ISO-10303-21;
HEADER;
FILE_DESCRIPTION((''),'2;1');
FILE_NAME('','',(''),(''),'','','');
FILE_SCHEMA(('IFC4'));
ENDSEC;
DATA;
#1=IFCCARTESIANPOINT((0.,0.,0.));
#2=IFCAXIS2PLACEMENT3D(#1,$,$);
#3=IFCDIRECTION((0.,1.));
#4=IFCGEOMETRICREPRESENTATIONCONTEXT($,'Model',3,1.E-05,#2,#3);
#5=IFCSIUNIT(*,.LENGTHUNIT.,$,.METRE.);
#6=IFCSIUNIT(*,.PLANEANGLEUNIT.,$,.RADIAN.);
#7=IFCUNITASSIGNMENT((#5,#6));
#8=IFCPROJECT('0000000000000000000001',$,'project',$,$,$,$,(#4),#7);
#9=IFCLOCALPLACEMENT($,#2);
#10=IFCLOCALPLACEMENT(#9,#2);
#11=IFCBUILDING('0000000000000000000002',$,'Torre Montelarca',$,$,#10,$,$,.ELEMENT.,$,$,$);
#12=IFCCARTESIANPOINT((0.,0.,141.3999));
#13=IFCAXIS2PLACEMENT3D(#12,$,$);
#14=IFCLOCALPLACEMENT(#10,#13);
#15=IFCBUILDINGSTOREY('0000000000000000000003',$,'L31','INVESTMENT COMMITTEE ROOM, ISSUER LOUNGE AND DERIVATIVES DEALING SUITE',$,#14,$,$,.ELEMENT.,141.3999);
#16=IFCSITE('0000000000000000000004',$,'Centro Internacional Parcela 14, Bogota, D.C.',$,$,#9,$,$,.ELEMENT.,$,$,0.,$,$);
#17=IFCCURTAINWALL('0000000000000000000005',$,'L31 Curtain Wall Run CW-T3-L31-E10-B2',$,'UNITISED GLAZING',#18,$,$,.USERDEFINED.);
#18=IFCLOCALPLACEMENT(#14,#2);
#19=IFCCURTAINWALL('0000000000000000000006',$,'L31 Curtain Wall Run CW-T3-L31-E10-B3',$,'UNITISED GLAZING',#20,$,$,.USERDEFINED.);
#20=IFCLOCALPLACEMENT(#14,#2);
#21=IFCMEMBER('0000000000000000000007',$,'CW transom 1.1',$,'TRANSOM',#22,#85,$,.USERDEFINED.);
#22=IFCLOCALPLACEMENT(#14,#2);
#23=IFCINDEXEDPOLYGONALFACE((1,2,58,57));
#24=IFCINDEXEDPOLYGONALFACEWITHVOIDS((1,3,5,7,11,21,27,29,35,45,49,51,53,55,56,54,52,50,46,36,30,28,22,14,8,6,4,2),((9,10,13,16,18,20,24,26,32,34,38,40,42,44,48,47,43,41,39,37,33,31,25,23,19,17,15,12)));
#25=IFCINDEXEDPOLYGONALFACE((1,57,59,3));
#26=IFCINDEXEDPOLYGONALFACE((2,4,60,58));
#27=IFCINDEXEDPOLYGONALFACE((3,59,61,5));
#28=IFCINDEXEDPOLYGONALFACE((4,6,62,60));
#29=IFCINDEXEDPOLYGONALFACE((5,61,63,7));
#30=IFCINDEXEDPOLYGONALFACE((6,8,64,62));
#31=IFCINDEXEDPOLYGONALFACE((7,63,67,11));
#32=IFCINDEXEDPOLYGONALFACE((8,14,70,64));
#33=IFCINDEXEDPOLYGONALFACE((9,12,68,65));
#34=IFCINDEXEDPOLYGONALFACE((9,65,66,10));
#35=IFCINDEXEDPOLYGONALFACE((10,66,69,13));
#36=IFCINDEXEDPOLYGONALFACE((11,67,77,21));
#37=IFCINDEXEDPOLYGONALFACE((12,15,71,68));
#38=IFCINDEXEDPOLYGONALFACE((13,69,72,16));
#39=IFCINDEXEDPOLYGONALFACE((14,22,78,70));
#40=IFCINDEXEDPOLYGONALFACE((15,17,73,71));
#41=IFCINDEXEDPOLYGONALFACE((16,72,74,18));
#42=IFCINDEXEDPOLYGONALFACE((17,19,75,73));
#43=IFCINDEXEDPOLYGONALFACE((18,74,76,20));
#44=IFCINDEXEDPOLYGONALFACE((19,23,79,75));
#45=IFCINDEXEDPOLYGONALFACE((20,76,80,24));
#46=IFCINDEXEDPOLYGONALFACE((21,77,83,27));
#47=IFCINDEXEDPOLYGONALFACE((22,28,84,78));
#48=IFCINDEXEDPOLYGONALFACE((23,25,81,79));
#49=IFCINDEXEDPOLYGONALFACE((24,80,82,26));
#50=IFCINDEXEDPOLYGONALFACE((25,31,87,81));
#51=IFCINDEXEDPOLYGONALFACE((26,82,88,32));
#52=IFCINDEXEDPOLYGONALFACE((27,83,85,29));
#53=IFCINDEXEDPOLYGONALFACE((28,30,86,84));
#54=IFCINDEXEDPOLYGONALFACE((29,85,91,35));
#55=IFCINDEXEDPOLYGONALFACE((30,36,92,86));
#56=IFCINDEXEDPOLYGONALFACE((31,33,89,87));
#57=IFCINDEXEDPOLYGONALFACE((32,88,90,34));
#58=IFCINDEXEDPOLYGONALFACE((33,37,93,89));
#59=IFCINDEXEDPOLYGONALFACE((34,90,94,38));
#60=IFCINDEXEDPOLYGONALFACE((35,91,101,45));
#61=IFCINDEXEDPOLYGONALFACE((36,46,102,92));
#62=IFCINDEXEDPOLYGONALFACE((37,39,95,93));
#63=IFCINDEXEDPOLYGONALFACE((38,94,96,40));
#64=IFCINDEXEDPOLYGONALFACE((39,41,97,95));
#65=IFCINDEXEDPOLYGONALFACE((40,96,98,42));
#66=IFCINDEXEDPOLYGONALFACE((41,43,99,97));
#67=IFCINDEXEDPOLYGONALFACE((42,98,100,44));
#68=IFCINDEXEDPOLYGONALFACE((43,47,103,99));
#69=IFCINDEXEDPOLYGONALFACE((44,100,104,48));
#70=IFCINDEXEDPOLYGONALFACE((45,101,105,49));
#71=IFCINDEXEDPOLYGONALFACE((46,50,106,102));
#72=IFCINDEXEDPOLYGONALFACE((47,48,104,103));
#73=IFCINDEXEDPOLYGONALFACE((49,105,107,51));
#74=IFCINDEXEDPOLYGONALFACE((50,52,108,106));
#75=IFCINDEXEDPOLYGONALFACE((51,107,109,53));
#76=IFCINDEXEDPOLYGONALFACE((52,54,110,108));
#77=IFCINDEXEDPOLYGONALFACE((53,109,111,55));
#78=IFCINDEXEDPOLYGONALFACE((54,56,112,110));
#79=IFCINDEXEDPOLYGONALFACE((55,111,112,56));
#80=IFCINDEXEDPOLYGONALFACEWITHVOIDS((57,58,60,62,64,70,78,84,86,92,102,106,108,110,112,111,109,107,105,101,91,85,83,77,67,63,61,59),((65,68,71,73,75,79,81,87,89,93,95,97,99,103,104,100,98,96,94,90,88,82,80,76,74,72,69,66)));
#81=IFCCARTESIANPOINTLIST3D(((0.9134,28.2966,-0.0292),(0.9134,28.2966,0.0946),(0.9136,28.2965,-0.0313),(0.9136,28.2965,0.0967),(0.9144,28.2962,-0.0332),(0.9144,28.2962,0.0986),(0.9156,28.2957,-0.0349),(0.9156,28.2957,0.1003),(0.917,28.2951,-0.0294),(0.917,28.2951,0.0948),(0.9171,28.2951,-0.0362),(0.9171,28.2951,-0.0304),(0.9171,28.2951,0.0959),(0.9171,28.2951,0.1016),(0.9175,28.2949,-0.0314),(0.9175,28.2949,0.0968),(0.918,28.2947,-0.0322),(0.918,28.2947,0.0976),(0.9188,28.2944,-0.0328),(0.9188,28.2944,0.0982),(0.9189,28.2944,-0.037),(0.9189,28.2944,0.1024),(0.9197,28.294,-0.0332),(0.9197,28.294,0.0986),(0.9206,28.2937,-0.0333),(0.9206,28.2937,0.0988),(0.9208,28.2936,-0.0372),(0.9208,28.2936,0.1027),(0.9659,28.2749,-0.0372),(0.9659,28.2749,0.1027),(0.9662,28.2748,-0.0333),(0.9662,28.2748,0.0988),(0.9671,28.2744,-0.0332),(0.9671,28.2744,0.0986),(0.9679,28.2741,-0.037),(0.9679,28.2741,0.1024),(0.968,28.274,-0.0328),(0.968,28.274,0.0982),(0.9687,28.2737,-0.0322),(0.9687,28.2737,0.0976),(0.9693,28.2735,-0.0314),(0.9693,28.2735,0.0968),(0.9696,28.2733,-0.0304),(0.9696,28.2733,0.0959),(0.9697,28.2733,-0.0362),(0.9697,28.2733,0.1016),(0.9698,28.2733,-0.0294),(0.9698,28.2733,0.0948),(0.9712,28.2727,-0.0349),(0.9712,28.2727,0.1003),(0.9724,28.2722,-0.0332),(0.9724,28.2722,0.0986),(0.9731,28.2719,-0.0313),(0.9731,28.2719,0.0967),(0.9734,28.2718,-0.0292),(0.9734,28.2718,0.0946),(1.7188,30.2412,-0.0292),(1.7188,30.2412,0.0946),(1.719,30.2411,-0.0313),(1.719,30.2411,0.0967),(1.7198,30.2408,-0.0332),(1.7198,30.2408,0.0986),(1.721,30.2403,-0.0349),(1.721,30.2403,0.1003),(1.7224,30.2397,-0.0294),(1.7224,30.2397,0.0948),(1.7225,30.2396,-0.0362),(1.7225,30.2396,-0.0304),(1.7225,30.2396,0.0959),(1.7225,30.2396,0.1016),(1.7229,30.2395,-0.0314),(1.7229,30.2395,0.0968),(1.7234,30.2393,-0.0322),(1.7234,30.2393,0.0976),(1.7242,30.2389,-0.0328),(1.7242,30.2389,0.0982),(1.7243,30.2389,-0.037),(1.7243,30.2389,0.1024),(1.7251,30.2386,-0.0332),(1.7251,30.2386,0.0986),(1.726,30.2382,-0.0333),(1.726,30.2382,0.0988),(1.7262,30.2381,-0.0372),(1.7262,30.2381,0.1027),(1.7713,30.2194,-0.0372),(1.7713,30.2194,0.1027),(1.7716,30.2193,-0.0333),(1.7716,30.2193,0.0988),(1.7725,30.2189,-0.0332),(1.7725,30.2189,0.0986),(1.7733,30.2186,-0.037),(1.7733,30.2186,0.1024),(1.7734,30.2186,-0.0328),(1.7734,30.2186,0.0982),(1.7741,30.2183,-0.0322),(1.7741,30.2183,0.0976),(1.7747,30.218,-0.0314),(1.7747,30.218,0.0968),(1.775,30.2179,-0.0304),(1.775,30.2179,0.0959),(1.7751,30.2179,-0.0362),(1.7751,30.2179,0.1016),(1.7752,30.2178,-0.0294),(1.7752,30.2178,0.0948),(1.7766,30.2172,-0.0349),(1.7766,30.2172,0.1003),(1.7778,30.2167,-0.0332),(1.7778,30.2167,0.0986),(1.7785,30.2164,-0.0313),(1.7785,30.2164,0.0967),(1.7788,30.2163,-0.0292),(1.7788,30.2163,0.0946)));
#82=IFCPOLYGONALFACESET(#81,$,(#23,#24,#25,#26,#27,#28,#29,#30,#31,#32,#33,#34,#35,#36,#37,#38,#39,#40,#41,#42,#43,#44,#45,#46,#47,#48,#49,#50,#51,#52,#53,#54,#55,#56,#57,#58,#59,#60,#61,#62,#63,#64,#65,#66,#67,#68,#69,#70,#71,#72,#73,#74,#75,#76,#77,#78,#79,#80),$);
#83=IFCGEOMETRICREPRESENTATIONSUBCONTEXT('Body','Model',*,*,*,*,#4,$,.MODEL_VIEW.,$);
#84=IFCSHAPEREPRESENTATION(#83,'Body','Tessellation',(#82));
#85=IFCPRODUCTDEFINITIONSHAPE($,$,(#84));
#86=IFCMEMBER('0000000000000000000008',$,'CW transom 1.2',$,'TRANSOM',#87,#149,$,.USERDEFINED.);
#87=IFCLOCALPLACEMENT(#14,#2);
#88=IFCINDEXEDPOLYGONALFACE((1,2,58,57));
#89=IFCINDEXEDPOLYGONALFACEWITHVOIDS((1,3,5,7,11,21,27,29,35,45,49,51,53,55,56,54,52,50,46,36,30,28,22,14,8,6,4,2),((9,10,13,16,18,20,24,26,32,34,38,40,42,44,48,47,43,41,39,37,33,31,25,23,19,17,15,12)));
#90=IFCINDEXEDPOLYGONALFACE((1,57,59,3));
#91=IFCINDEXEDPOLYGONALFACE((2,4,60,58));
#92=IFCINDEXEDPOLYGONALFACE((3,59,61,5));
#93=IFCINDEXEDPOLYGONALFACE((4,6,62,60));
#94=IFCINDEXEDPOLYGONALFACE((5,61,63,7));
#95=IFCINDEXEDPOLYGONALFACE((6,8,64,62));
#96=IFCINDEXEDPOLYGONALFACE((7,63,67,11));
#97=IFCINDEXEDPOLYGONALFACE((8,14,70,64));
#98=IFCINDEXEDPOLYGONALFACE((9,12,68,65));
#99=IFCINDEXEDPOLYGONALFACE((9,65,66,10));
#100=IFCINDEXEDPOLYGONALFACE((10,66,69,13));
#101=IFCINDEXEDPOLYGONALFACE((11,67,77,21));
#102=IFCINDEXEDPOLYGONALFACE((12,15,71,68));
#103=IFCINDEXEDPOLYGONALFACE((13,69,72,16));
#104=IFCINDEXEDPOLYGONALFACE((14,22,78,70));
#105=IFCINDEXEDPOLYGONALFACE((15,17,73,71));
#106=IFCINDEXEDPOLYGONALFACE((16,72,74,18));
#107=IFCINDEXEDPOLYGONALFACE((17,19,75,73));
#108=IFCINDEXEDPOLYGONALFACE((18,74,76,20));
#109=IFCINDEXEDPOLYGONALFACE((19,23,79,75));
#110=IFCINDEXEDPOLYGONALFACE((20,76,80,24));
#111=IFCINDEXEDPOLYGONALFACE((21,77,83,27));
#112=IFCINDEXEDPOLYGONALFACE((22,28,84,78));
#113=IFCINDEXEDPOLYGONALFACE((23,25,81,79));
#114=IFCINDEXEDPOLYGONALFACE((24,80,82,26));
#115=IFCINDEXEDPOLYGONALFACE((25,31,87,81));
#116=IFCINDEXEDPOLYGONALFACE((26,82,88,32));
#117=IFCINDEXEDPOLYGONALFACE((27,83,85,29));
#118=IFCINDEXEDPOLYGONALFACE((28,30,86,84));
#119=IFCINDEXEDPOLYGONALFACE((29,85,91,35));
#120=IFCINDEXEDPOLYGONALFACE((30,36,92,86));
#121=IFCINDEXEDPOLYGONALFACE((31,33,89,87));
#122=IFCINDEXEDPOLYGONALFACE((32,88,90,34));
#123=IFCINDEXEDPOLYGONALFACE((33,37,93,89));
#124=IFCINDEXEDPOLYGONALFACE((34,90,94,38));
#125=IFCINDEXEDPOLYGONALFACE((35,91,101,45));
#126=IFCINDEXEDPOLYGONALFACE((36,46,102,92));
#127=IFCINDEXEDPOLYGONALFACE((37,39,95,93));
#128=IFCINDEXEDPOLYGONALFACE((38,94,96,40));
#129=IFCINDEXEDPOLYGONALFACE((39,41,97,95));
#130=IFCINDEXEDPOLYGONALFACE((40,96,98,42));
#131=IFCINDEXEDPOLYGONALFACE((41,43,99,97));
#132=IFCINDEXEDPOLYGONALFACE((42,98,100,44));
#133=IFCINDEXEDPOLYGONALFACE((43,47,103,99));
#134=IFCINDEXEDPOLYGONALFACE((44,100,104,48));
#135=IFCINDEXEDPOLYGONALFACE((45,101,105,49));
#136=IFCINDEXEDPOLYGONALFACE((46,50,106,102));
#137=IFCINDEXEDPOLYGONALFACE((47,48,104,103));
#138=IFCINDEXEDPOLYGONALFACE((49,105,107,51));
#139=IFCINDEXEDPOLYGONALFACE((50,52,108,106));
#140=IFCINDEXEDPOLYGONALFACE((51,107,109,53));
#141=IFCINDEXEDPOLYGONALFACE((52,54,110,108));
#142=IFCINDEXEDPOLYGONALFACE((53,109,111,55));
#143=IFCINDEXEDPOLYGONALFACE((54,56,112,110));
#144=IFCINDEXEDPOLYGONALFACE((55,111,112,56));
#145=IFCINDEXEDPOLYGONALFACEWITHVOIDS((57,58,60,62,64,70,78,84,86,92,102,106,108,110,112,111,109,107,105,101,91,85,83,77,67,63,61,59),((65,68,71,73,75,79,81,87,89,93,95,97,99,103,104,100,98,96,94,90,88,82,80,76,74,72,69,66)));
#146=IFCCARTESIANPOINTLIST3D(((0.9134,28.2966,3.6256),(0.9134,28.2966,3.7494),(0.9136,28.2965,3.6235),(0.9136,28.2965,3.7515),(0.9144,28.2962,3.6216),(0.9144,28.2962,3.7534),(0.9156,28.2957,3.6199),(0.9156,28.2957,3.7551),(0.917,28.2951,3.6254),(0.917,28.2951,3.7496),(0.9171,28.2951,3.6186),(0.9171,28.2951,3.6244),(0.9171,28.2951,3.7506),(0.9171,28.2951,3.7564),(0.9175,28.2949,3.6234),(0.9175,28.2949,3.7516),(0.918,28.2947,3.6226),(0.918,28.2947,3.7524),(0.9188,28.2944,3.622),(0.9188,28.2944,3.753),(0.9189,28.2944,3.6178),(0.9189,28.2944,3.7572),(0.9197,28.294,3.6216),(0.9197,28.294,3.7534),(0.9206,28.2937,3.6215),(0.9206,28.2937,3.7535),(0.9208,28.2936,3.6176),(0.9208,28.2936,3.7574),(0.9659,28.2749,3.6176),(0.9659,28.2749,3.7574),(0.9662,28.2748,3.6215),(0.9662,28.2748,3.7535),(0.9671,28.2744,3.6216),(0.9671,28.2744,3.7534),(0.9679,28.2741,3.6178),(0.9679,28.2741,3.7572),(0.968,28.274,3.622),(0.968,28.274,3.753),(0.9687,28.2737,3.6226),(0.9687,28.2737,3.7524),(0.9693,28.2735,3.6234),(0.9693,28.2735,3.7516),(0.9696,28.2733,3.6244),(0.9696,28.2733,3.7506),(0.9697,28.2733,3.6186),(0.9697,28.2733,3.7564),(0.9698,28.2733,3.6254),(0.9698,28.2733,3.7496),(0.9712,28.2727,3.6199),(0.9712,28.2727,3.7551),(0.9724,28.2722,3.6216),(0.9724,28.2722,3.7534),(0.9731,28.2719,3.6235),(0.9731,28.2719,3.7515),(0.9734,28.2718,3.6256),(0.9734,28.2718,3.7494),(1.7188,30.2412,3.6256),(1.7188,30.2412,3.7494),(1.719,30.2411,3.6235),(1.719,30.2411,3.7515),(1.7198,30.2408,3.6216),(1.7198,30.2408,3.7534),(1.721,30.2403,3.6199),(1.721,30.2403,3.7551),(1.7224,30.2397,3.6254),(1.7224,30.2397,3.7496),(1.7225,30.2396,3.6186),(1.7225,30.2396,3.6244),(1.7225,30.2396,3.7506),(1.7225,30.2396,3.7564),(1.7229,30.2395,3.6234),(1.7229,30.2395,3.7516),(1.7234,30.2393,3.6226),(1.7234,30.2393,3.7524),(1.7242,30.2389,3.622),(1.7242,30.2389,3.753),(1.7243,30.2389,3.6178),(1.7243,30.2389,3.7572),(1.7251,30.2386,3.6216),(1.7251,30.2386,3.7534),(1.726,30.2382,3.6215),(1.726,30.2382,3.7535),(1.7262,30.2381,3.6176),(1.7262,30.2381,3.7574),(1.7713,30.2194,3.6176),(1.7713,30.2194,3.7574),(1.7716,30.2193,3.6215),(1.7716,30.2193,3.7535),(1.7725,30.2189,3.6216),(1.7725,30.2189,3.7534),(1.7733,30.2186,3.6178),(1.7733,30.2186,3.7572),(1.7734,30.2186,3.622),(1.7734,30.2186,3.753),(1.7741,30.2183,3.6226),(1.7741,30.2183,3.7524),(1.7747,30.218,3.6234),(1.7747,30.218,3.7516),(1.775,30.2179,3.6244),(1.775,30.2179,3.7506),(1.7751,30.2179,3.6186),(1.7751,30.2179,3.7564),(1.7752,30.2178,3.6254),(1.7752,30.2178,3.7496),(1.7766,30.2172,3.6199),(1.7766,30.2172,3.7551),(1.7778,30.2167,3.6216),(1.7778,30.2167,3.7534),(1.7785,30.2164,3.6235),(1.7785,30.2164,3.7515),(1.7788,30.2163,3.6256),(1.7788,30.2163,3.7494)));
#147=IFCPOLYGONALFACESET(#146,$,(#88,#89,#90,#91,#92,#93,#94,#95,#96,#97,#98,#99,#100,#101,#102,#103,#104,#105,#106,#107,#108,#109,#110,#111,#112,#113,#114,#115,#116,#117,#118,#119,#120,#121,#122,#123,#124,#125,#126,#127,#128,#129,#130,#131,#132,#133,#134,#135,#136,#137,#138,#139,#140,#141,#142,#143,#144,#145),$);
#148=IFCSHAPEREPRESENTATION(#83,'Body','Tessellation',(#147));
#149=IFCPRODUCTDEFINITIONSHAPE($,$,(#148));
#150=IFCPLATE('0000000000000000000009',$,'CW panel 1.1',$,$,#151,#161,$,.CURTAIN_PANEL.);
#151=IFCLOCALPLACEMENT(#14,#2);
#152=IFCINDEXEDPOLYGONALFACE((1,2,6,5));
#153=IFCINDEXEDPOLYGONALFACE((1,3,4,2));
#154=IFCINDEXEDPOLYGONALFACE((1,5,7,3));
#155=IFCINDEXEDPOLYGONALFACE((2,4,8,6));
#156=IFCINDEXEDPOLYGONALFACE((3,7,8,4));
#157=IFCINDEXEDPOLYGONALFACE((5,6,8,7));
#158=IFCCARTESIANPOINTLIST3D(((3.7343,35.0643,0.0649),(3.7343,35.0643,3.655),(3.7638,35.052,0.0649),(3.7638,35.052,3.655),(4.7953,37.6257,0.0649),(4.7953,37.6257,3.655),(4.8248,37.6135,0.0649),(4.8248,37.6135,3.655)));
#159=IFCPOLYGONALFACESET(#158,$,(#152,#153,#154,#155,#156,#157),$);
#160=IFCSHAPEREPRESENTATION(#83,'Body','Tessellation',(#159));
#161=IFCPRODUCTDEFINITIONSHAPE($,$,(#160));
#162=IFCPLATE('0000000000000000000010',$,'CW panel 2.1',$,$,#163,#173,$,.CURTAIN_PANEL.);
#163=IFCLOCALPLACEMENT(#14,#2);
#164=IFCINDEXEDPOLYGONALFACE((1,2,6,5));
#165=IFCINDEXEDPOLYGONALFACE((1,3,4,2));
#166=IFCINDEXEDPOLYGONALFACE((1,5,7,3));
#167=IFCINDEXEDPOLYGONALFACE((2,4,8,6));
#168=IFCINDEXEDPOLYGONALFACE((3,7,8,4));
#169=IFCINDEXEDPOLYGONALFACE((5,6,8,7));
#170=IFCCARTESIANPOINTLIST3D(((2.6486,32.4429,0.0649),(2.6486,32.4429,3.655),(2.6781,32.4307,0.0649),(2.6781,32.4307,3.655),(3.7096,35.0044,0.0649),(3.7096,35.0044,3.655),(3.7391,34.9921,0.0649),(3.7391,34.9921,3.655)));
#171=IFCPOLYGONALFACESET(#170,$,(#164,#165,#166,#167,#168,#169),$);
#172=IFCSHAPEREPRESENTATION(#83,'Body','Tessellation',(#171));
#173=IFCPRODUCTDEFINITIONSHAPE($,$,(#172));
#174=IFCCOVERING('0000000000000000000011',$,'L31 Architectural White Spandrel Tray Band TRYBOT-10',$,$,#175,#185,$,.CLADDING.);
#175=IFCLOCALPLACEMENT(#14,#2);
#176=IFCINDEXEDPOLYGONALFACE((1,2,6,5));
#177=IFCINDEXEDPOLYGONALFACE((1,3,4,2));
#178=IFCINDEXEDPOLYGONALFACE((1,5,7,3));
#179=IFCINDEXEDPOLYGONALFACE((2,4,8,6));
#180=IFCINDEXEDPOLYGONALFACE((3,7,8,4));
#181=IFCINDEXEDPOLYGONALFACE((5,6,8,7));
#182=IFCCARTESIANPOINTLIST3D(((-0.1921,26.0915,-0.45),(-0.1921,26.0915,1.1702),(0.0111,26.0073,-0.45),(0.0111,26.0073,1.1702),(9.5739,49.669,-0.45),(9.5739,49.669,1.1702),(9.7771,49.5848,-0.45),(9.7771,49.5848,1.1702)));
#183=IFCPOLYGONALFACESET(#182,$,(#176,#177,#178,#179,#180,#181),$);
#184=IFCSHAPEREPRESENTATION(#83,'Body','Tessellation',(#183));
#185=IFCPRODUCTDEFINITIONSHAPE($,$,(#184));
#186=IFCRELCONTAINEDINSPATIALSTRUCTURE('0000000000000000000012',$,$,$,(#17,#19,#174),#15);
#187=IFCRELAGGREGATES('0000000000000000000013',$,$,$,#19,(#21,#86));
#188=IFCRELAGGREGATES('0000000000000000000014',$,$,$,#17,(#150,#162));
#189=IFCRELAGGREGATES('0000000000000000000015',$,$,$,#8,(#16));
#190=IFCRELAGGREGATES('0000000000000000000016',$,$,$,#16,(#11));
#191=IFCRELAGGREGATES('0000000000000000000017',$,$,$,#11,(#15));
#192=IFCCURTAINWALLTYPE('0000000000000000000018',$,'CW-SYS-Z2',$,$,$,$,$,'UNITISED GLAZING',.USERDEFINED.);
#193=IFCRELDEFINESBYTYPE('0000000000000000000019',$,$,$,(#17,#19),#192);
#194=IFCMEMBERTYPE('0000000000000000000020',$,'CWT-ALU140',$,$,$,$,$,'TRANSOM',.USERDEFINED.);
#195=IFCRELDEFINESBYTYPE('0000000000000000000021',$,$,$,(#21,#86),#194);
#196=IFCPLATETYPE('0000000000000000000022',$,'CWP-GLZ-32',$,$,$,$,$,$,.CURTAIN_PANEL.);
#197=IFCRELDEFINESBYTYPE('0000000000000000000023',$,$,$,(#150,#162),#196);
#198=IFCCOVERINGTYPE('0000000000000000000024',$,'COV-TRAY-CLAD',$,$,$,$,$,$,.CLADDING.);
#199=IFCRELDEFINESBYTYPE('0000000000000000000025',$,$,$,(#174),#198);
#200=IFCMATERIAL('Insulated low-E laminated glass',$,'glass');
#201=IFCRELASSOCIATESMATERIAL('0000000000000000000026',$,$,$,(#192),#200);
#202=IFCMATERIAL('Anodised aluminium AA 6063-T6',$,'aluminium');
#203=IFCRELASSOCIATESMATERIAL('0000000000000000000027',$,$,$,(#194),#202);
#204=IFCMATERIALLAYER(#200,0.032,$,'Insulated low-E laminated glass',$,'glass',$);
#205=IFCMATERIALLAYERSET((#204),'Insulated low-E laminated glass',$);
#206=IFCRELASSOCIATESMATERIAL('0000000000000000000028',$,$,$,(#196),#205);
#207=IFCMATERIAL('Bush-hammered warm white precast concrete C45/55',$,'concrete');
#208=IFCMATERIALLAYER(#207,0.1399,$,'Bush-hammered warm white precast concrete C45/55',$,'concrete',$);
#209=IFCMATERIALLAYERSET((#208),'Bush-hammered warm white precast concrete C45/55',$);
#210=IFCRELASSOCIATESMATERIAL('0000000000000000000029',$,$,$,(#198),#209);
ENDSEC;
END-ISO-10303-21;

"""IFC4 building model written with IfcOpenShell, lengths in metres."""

from ifc_helpers import new_model, si_unit, direction, frame, origin, origin_2d, place, context, subcontext, project, spatial, rectangle, hollow_rectangle, extrude, source, transform, mapped, material, layer, layer_set, material_profile, profile_set, type_object, element, aggregate, save


model = new_model("IFC4")

# Units and contexts
model_context = context("Model", 3, precision=1e-05, world=origin(), true_north=direction((0.0, 1.0)))
body_context = subcontext(model_context, "Body", "Model", "MODEL_VIEW")
ifc_project = project(units=[si_unit("LENGTHUNIT", "METRE"), si_unit("PLANEANGLEUNIT", "RADIAN")], contexts=[model_context])

# Site, building, storey
site_placement = place(None, origin())
site = spatial("IfcSite", under=ifc_project, at=site_placement, Name="Centro Internacional Parcela 14, Bogota, D.C.", CompositionType="ELEMENT", RefElevation=0.0)
building_placement = place(site_placement, origin())
building = spatial("IfcBuilding", under=site, at=building_placement, Name="Torre Montelarca", CompositionType="ELEMENT")
storey_placement = place(building_placement, frame((0.0, 0.0, 141.3999)))
storey = spatial("IfcBuildingStorey", under=building, at=storey_placement, Name="L31", Description="INVESTMENT COMMITTEE ROOM, ISSUER LOUNGE AND DERIVATIVES DEALING SUITE", CompositionType="ELEMENT", Elevation=141.3999)

# Curtain walls, members
ifc_material_1 = material(Name="Insulated low-E laminated glass", Category="glass")
curtain_wall_type = type_object("IfcCurtainWallType", Name="CW-SYS-Z2", ElementType="UNITISED GLAZING", PredefinedType="USERDEFINED", material=ifc_material_1)
curtain_wall_1_placement = place(storey_placement, origin())
curtain_wall_1 = element("IfcCurtainWall", 1, at=curtain_wall_1_placement, inside=storey, type_object=curtain_wall_type, Name="L31 Curtain Wall Run CW-T3-L31-E10-B2", ObjectType="UNITISED GLAZING", PredefinedType="USERDEFINED")
ifc_material_2 = material(Name="Anodised aluminium AA 6063-T6", Category="aluminium")
ifc_material_profile_1 = material_profile(ifc_material_2, hollow_rectangle(XDim=0.0649, YDim=0.1399, WallThickness=0.0039, InnerFilletRadius=0.0039, OuterFilletRadius=0.0081, at=origin_2d()), Name="ALU65X140X4", Category="aluminium")
ifc_profile_set_1 = profile_set([ifc_material_profile_1], Name="Anodised aluminium AA 6063-T6")
member_type_1 = type_object("IfcMemberType", Name="CWT-ALU140", ElementType="TRANSOM", PredefinedType="USERDEFINED", material=ifc_profile_set_1)
curtain_wall_2_placement = place(storey_placement, origin())
curtain_wall_2 = element("IfcCurtainWall", 2, at=curtain_wall_2_placement, inside=storey, type_object=curtain_wall_type, Name="L31 Curtain Wall Run CW-T3-L31-E10-B3", ObjectType="UNITISED GLAZING", PredefinedType="USERDEFINED")
shared_shape_1 = source(origin(), body_context, "Body", "SweptSolid", [
    extrude(hollow_rectangle(XDim=0.0649, YDim=0.1399, WallThickness=0.0039, InnerFilletRadius=0.0039, OuterFilletRadius=0.0081, at=origin_2d()), origin(), (0.0, 0.0, 1.0), 2.1047),
])
member_1_placement = place(storey_placement, frame((1.7488, 30.2288, 0.0327), z_axis=(-0.382663, -0.923888, 0.0), x_axis=(0.923888, -0.382663, 0.0)))
member_1 = element("IfcMember", 3, at=member_1_placement, type_object=member_type_1, Name="CW transom 1.1", ObjectType="TRANSOM", PredefinedType="USERDEFINED", context=body_context, shape_type="MappedRepresentation", body=[
    mapped(shared_shape_1, transform((0.0, 0.0, 0.0), scale=1.0)),
])
member_2_placement = place(storey_placement, frame((1.7488, 30.2288, 3.6875), z_axis=(-0.382663, -0.923888, 0.0), x_axis=(0.923888, -0.382663, 0.0)))
member_2 = element("IfcMember", 4, at=member_2_placement, type_object=member_type_1, Name="CW transom 1.2", ObjectType="TRANSOM", PredefinedType="USERDEFINED", context=body_context, shape_type="MappedRepresentation", body=[
    mapped(shared_shape_1, transform((0.0, 0.0, 0.0), scale=1.0)),
])
aggregate(curtain_wall_2, [member_1, member_2])

# Plates
ifc_layer_1 = layer(ifc_material_1, 0.032, Name="Insulated low-E laminated glass", Category="glass")
ifc_layer_set_1 = layer_set([ifc_layer_1], Name="Insulated low-E laminated glass")
plate_type = type_object("IfcPlateType", Name="CWP-GLZ-32", PredefinedType="CURTAIN_PANEL", material=ifc_layer_set_1)
shared_shape_2 = source(origin(), body_context, "Body", "SweptSolid", [
    extrude(rectangle(XDim=2.7725, YDim=0.032, at=origin_2d()), origin(), (0.0, 0.0, 1.0), 3.5901),
])
plate_1_placement = place(storey_placement, frame((4.2795, 36.3389, 0.0649), z_axis=(0.0, 0.0, 1.0), x_axis=(-0.382687, -0.923878, 0.0)))
plate_1 = element("IfcPlate", 5, at=plate_1_placement, type_object=plate_type, Name="CW panel 1.1", PredefinedType="CURTAIN_PANEL", context=body_context, shape_type="MappedRepresentation", body=[
    mapped(shared_shape_2, transform((0.0, 0.0, 0.0), scale=1.0)),
])
plate_2_placement = place(storey_placement, frame((3.1938, 33.7175, 0.0649), z_axis=(0.0, 0.0, 1.0), x_axis=(-0.382687, -0.923878, 0.0)))
plate_2 = element("IfcPlate", 6, at=plate_2_placement, type_object=plate_type, Name="CW panel 2.1", PredefinedType="CURTAIN_PANEL", context=body_context, shape_type="MappedRepresentation", body=[
    mapped(shared_shape_2, transform((0.0, 0.0, 0.0), scale=1.0)),
])
aggregate(curtain_wall_1, [plate_1, plate_2])

# Covering
ifc_material_3 = material(Name="Bush-hammered warm white precast concrete C45/55", Category="concrete")
ifc_layer_2 = layer(ifc_material_3, 0.1399, Name="Bush-hammered warm white precast concrete C45/55", Category="concrete")
ifc_layer_set_2 = layer_set([ifc_layer_2], Name="Bush-hammered warm white precast concrete C45/55")
covering_type = type_object("IfcCoveringType", Name="COV-TRAY-CLAD", PredefinedType="CLADDING", material=ifc_layer_set_2)
shared_shape_3 = source(origin(), body_context, "Body", "SweptSolid", [
    extrude(rectangle(XDim=25.52, YDim=0.22, at=origin_2d()), origin(), (0.0, 0.0, 1.0), 1.6201),
])
covering_placement = place(storey_placement, frame((4.7925, 37.8381, -0.45), z_axis=(0.0, 0.0, 1.0), x_axis=(-0.38268, -0.923881, 0.0)))
element("IfcCovering", 7, at=covering_placement, inside=storey, type_object=covering_type, Name="L31 Architectural White Spandrel Tray Band TRYBOT-10", PredefinedType="CLADDING", context=body_context, shape_type="MappedRepresentation", body=[
    mapped(shared_shape_3, transform((0.0, 0.0, 0.0), scale=1.0)),
])

save(model, "model.ifc")
